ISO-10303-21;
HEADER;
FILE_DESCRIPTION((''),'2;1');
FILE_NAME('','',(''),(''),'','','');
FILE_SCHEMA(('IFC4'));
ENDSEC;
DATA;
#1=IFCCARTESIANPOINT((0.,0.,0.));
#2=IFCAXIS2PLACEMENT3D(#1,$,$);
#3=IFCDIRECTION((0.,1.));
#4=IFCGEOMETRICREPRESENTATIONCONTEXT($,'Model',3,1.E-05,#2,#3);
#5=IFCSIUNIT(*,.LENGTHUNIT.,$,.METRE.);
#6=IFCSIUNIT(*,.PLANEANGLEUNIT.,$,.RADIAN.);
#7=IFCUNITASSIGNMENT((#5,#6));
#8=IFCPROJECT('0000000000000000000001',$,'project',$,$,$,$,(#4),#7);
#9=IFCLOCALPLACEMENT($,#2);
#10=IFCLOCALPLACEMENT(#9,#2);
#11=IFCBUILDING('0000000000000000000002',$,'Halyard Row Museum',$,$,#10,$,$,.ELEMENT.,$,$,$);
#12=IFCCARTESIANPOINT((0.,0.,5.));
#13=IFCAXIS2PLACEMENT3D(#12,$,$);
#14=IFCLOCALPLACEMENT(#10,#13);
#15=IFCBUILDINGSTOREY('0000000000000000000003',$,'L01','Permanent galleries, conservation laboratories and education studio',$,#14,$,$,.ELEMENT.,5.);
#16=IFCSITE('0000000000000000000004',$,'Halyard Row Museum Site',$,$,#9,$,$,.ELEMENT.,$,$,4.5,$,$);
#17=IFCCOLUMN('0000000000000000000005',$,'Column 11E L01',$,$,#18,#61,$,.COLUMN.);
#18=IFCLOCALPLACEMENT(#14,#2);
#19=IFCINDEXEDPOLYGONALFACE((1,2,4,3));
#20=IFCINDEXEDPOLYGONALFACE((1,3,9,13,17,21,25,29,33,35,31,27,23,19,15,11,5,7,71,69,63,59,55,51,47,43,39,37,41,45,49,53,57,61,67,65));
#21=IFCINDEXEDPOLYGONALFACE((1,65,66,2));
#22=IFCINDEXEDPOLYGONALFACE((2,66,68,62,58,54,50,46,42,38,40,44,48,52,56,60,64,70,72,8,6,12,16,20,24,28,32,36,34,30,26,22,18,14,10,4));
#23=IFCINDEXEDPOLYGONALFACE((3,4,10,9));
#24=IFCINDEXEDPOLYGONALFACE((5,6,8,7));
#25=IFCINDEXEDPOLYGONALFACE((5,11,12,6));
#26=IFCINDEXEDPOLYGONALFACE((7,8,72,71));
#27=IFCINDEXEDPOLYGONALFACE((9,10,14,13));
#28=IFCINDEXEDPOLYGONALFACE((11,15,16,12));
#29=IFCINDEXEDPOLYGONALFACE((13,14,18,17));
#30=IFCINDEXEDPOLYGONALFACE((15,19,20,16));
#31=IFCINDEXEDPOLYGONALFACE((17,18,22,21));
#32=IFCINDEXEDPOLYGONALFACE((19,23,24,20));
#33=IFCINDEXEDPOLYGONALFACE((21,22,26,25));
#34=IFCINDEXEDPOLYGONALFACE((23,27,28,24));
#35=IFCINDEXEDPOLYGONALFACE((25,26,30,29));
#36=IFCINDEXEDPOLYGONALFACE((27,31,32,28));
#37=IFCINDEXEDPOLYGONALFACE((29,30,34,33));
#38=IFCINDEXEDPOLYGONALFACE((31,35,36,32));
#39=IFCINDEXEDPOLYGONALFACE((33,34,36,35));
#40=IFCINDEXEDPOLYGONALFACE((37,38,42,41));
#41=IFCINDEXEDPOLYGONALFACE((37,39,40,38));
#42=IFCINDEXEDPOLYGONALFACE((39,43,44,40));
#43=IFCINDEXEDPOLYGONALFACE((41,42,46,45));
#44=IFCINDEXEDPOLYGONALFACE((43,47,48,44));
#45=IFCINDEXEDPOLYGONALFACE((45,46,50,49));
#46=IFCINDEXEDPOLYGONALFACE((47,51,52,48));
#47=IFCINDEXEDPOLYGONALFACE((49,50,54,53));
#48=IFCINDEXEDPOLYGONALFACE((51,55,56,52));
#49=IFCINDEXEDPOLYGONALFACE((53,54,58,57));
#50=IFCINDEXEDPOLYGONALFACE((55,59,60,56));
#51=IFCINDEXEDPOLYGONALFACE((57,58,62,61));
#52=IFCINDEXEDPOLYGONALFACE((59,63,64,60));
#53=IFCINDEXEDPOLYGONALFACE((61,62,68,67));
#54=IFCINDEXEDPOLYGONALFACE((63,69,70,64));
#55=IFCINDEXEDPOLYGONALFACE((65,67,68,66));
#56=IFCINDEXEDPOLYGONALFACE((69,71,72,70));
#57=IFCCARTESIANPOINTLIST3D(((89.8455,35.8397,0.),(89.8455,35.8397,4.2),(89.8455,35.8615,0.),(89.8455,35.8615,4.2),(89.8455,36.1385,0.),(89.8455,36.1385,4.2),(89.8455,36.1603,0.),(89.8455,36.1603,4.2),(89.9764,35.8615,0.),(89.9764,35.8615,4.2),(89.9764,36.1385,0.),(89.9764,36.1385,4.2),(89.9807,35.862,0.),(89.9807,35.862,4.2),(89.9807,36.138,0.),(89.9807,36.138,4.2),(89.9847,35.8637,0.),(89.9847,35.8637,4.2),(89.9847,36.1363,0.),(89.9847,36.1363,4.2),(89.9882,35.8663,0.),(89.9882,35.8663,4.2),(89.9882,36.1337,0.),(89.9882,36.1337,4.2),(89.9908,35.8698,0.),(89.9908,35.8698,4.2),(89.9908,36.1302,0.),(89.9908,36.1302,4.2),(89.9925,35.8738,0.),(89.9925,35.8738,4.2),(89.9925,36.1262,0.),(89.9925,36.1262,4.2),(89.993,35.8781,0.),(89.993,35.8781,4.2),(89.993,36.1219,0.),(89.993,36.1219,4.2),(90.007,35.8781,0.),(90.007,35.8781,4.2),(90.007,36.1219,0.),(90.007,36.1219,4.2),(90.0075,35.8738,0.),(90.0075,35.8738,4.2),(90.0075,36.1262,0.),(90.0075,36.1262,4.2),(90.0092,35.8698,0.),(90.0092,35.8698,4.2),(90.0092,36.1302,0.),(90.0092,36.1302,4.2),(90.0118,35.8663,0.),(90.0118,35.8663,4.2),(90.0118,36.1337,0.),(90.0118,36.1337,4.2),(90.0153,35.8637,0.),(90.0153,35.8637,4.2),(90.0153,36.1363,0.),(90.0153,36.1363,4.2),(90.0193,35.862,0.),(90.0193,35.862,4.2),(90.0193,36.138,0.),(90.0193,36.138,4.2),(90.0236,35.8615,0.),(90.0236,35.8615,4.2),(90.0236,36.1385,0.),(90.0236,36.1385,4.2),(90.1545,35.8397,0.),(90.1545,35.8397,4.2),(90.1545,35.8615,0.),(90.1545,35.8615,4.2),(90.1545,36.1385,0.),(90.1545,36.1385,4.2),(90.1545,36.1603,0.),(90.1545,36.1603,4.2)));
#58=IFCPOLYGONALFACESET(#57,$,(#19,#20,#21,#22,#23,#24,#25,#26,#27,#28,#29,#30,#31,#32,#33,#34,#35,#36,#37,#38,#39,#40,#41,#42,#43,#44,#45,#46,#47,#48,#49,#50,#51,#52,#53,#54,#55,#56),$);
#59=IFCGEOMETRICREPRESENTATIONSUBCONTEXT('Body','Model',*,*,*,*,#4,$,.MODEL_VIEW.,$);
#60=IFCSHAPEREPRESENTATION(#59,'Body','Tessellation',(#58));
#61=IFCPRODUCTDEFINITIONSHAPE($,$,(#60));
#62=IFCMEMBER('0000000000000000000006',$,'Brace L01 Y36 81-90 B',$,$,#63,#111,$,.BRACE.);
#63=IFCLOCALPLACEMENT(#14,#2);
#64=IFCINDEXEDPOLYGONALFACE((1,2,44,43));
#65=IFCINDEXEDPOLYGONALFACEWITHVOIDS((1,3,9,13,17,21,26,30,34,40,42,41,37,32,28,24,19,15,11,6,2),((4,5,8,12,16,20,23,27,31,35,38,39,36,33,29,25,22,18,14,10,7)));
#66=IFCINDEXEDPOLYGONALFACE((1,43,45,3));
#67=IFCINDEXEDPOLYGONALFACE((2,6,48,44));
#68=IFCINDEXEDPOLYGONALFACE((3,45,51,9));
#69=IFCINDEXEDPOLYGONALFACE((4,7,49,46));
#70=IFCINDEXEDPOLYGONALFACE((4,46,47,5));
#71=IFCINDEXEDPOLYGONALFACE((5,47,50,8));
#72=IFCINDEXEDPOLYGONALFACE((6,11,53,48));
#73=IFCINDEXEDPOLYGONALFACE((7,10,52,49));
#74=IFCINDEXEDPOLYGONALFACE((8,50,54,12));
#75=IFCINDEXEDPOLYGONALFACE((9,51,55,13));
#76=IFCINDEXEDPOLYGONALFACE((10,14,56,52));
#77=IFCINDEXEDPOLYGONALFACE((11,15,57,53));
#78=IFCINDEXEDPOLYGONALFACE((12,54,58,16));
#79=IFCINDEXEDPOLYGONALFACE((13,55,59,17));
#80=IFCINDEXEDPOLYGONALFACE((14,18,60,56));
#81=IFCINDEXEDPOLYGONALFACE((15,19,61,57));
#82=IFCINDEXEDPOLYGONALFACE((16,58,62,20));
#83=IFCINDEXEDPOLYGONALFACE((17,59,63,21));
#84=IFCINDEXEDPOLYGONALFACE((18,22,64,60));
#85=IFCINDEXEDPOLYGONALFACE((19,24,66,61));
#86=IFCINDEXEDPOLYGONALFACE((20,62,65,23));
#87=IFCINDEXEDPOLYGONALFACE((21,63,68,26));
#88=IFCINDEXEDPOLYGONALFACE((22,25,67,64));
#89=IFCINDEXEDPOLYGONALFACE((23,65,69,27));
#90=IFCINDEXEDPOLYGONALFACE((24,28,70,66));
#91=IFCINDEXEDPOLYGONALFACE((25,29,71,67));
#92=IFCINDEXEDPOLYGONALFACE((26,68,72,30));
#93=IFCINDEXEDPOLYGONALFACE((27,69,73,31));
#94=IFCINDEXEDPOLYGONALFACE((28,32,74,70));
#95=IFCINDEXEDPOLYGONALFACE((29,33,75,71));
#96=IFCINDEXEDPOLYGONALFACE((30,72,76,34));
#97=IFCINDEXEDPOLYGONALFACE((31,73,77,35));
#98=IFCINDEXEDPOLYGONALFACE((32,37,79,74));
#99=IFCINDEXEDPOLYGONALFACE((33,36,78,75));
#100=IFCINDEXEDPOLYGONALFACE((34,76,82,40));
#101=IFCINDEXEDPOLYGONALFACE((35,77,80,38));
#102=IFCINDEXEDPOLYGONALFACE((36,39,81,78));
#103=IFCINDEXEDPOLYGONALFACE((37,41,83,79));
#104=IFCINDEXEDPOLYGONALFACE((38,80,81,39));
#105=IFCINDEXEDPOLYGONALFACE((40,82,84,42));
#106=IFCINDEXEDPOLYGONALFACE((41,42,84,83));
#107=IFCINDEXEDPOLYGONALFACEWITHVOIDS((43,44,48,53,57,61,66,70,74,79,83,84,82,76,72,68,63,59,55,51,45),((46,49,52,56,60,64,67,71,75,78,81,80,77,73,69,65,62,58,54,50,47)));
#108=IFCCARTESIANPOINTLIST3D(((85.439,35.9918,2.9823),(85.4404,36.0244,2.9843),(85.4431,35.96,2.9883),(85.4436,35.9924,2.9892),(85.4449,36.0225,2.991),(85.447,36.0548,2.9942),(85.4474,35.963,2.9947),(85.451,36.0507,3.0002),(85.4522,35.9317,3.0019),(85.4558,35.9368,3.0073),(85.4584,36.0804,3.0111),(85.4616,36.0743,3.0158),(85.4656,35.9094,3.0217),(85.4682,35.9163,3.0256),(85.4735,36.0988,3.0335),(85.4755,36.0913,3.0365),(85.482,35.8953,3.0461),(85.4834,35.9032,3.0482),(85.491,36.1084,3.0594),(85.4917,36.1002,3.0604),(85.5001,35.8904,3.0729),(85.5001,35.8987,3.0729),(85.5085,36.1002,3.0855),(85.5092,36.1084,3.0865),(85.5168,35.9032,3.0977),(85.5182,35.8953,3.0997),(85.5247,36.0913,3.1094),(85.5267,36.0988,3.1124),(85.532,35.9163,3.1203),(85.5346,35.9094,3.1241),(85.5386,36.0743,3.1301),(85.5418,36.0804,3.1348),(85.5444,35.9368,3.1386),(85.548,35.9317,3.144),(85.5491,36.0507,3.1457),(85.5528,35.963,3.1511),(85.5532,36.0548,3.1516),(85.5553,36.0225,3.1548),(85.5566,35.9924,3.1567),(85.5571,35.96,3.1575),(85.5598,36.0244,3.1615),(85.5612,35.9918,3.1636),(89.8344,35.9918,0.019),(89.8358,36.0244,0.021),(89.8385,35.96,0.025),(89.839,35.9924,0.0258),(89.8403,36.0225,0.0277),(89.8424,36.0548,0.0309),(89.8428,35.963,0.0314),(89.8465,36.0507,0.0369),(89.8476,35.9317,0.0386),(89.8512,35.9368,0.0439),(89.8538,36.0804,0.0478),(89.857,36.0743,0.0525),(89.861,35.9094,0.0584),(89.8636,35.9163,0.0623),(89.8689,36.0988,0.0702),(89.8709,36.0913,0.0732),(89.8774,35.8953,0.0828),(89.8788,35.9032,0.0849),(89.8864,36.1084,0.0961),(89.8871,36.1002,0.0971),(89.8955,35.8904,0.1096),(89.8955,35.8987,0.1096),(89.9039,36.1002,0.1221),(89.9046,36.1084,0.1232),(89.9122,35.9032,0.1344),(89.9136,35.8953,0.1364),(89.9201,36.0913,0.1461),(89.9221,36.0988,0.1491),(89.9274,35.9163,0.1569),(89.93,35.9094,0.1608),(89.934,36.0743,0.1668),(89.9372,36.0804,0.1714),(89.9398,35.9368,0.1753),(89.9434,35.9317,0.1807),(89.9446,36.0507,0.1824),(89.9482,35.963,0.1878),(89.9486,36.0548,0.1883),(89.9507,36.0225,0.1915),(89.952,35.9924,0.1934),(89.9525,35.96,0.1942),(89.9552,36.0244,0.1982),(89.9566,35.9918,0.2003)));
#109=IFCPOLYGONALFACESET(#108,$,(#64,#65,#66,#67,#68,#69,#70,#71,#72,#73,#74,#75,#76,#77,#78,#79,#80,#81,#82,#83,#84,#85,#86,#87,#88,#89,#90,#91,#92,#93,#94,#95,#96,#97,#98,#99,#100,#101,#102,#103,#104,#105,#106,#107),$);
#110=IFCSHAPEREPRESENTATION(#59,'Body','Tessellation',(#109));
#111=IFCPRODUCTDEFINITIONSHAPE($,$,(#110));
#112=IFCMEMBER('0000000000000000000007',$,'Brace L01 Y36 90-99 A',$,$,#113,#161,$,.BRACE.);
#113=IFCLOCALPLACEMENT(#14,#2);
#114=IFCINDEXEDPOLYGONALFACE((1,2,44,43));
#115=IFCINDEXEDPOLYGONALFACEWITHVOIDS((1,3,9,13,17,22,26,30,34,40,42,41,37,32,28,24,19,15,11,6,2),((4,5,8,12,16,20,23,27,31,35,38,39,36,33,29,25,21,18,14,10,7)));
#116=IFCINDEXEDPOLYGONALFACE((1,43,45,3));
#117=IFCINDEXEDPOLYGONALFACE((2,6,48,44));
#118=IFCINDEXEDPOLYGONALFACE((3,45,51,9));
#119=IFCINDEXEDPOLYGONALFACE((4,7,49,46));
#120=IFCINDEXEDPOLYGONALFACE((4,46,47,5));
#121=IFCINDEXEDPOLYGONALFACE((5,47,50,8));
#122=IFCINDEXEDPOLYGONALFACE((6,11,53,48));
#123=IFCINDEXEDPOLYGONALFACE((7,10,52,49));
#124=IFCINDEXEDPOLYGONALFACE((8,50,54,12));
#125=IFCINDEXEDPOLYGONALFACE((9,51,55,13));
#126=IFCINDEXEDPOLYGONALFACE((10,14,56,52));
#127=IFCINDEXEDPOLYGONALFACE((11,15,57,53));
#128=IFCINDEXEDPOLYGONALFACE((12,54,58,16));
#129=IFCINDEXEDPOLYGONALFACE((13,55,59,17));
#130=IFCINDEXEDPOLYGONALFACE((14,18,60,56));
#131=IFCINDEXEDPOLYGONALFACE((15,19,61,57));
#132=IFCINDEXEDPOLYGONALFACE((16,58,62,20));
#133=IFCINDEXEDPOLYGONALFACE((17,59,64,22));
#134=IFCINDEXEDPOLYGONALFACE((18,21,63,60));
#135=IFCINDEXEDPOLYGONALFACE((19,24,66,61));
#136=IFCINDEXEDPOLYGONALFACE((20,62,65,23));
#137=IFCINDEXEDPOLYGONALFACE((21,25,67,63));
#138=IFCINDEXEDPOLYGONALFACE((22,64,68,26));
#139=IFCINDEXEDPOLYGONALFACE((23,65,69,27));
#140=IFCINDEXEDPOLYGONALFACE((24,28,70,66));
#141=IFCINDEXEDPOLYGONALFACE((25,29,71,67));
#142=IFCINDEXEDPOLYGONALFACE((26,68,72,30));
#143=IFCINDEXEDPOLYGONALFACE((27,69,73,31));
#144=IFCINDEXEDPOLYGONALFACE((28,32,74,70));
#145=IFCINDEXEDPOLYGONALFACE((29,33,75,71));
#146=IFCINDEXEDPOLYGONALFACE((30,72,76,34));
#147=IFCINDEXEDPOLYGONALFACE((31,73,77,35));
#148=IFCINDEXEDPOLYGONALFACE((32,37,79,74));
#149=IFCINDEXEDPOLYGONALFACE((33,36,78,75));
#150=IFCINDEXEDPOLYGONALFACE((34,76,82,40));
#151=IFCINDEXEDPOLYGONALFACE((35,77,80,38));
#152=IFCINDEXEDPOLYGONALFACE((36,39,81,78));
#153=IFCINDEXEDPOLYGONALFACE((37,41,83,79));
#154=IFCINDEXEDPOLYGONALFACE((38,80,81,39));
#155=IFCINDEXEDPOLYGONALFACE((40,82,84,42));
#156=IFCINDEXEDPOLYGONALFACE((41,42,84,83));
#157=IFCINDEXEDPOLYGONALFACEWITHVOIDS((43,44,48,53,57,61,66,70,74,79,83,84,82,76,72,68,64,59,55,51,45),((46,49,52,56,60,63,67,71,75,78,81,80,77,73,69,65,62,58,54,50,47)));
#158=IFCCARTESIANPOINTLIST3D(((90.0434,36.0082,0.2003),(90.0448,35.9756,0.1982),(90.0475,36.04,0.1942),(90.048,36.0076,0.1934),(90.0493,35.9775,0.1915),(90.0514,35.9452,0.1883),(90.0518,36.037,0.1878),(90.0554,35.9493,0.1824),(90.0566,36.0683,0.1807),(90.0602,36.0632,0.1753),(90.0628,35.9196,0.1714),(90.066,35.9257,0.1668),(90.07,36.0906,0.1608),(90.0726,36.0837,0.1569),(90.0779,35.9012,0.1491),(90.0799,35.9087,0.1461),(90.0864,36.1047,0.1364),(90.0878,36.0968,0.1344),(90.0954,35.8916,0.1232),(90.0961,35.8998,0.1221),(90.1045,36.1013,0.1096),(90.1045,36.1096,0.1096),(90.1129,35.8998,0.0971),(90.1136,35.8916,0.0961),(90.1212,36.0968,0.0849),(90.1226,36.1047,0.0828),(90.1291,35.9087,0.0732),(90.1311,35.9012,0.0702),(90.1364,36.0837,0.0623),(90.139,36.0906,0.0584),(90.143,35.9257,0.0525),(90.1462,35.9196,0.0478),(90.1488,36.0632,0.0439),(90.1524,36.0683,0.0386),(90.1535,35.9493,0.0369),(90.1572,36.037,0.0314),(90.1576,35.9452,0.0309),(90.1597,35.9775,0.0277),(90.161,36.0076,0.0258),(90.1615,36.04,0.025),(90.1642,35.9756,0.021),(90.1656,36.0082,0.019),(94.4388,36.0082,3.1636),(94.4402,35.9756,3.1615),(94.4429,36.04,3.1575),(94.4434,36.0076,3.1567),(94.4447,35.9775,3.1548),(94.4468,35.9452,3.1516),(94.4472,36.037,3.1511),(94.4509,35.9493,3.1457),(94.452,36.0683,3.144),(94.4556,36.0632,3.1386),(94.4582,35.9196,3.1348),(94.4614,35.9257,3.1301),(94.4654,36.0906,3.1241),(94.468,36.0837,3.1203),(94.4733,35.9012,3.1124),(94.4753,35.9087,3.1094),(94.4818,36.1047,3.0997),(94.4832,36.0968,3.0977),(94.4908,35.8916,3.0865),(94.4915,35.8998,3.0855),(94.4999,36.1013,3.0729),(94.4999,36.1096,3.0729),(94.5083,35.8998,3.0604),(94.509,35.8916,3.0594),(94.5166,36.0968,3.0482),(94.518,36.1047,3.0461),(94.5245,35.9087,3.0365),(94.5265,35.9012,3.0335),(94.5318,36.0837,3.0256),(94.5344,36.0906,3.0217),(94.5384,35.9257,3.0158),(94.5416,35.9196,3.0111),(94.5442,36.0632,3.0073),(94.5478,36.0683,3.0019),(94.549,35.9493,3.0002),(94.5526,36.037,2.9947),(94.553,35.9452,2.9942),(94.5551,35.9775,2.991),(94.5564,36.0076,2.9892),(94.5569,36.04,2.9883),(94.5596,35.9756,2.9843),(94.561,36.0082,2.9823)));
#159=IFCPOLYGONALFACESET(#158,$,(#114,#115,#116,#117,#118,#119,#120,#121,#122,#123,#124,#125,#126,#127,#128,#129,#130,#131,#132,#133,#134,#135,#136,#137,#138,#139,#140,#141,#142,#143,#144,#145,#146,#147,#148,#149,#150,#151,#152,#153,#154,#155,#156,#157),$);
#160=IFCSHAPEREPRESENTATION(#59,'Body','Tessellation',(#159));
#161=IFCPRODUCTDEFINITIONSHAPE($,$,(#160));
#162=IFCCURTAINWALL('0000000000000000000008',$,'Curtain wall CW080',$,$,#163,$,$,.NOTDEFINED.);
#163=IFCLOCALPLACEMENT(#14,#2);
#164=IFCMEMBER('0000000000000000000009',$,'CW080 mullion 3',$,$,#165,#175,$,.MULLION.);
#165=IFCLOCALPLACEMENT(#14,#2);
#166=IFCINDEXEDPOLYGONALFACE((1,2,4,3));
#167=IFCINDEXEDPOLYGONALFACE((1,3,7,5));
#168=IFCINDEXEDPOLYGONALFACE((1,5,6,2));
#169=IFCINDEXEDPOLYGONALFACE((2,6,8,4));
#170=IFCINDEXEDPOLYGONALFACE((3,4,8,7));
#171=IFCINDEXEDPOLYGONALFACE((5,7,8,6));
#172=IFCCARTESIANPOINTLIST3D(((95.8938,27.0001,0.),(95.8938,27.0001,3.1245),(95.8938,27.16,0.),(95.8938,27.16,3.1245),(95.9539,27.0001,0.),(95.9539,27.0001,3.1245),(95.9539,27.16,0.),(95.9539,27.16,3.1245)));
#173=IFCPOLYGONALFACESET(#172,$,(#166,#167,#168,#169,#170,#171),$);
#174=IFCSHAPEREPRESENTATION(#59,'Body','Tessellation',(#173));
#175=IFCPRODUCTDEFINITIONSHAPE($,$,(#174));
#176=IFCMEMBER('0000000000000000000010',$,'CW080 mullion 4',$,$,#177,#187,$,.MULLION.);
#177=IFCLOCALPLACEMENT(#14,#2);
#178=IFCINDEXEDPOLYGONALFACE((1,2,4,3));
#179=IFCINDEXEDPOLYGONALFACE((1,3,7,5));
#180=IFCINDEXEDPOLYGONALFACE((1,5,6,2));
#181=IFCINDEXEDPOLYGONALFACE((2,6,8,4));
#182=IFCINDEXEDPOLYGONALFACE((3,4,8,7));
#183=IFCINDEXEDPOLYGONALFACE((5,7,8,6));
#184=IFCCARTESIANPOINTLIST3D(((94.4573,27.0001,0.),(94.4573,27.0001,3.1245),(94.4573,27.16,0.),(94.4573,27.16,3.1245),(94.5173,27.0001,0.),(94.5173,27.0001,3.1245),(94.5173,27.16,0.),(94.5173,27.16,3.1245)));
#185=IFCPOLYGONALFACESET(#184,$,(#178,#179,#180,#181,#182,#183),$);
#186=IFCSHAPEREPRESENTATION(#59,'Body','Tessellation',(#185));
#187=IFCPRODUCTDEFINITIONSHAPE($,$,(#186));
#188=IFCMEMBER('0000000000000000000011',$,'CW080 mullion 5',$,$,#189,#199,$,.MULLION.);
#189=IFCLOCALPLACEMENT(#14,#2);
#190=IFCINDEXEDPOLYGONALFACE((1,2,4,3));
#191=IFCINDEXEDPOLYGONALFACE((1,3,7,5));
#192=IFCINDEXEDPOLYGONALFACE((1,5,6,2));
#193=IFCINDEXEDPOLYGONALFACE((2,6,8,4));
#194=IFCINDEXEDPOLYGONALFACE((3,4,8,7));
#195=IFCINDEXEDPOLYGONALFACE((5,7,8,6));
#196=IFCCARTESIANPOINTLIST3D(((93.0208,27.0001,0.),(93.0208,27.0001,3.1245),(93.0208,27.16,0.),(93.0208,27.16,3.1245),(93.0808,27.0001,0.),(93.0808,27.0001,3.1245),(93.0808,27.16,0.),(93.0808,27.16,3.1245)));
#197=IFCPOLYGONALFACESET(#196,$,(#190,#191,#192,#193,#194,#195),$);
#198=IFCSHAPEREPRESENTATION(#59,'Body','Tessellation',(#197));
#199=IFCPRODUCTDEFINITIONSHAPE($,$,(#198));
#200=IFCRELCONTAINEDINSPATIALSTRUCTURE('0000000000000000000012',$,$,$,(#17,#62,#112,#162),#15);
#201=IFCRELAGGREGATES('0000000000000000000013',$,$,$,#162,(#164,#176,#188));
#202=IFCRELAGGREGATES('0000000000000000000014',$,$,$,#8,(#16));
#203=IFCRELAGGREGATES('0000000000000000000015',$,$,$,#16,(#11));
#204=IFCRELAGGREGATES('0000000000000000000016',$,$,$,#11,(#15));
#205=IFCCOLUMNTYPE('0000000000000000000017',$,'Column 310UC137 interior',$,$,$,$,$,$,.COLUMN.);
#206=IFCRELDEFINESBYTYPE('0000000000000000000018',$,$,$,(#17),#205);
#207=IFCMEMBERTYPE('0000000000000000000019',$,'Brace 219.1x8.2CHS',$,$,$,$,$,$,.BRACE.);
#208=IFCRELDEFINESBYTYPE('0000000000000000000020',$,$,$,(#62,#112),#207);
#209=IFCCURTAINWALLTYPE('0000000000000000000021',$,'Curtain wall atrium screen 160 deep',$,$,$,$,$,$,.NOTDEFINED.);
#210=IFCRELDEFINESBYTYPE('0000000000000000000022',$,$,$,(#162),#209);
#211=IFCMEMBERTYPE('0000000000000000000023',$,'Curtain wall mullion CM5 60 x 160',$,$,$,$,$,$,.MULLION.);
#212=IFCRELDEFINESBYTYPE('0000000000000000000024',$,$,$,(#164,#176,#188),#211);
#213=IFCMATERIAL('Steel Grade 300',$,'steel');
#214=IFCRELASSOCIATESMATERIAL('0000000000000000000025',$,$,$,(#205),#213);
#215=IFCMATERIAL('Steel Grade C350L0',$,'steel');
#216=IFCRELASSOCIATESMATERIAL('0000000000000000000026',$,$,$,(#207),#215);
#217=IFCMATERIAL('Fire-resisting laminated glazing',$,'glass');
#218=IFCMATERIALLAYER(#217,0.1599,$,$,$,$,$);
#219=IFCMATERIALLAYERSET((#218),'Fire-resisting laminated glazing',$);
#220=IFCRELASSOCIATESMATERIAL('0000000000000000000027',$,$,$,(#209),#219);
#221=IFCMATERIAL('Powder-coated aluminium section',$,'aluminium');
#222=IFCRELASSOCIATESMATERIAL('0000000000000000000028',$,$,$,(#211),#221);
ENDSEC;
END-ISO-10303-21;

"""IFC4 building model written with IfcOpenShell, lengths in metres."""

from ifc_helpers import new_model, si_unit, direction, frame, origin, origin_2d, place, context, subcontext, project, spatial, rectangle, hollow_circle, i_section, extrude, material, layer, layer_set, material_profile, profile_set, type_object, element, aggregate, save


model = new_model("IFC4")

# Units and contexts
model_context = context("Model", 3, precision=1e-05, world=origin(), true_north=direction((0.0, 1.0)))
body_context = subcontext(model_context, "Body", "Model", "MODEL_VIEW")
ifc_project = project(units=[si_unit("LENGTHUNIT", "METRE"), si_unit("PLANEANGLEUNIT", "RADIAN")], contexts=[model_context])

# Site, building, storey
site_placement = place(None, origin())
site = spatial("IfcSite", under=ifc_project, at=site_placement, Name="Halyard Row Museum Site", CompositionType="ELEMENT", RefElevation=4.5)
building_placement = place(site_placement, origin())
building = spatial("IfcBuilding", under=site, at=building_placement, Name="Halyard Row Museum", CompositionType="ELEMENT")
storey_placement = place(building_placement, frame((0.0, 0.0, 5.0)))
storey = spatial("IfcBuildingStorey", under=building, at=storey_placement, Name="L01", Description="Permanent galleries, conservation laboratories and education studio", CompositionType="ELEMENT", Elevation=5.0)

# Column
ifc_material_1 = material(Name="Steel Grade 300", Category="steel")
ifc_material_profile_1 = material_profile(ifc_material_1, i_section(OverallWidth=0.3091, OverallDepth=0.3206, WebThickness=0.0139, FlangeThickness=0.0217, FilletRadius=0.0166, at=origin_2d()), Name="310UC137")
ifc_profile_set_1 = profile_set([ifc_material_profile_1], Name="Steel Grade 300")
column_type = type_object("IfcColumnType", Name="Column 310UC137 interior", PredefinedType="COLUMN", material=ifc_profile_set_1)
column_placement = place(storey_placement, frame((90.0, 36.0, 0.0), z_axis=(0.0, 0.0, 1.0), x_axis=(1.0, 0.0, 0.0)))
element("IfcColumn", 1, at=column_placement, inside=storey, type_object=column_type, Name="Column 11E L01", PredefinedType="COLUMN", context=body_context, shape_type="SweptSolid", body=[
    extrude(i_section(OverallWidth=0.3091, OverallDepth=0.3206, WebThickness=0.0139, FlangeThickness=0.0217, FilletRadius=0.0166, at=origin_2d()), origin(), (0.0, 0.0, 1.0), 4.2),
])

# Members
ifc_material_2 = material(Name="Steel Grade C350L0", Category="steel")
ifc_material_profile_2 = material_profile(ifc_material_2, hollow_circle(Radius=0.1096, WallThickness=0.0083, at=origin_2d()), Name="219.1x8.2CHS")
ifc_profile_set_2 = profile_set([ifc_material_profile_2], Name="Steel Grade C350L0")
member_type_1 = type_object("IfcMemberType", Name="Brace 219.1x8.2CHS", PredefinedType="BRACE", material=ifc_profile_set_2)
for number, where, z_axis, x_axis, name in (
    (2, (89.8955, 36.0, 0.1096), (-0.829162, 0.0, 0.559008), (0.0, -1.0, 0.0), "Brace L01 Y36 81-90 B"),
    (3, (90.1045, 36.0, 0.1096), (0.829162, 0.0, 0.559008), (0.0, 1.0, 0.0), "Brace L01 Y36 90-99 A"),
):
    element("IfcMember", number, at=place(storey_placement, frame(where, z_axis=z_axis, x_axis=x_axis)), inside=storey, type_object=member_type_1, Name=name, PredefinedType="BRACE", context=body_context, shape_type="SweptSolid", body=[
        extrude(hollow_circle(Radius=0.1096, WallThickness=0.0083, at=origin_2d()), origin(), (0.0, 0.0, 1.0), 5.301),
    ])

# Curtain wall, members
ifc_material_3 = material(Name="Fire-resisting laminated glazing", Category="glass")
ifc_layer_1 = layer(ifc_material_3, 0.1599)
ifc_layer_set_1 = layer_set([ifc_layer_1], Name="Fire-resisting laminated glazing")
curtain_wall_type = type_object("IfcCurtainWallType", Name="Curtain wall atrium screen 160 deep", PredefinedType="NOTDEFINED", material=ifc_layer_set_1)
curtain_wall_placement = place(storey_placement, origin())
curtain_wall = element("IfcCurtainWall", 4, at=curtain_wall_placement, inside=storey, type_object=curtain_wall_type, Name="Curtain wall CW080", PredefinedType="NOTDEFINED")
ifc_material_4 = material(Name="Powder-coated aluminium section", Category="aluminium")
ifc_material_profile_3 = material_profile(ifc_material_4, rectangle(XDim=0.1599, YDim=0.0601, at=origin_2d()), Name="160x60 mullion")
ifc_profile_set_3 = profile_set([ifc_material_profile_3], Name="Powder-coated aluminium section")
member_type_2 = type_object("IfcMemberType", Name="Curtain wall mullion CM5 60 x 160", PredefinedType="MULLION", material=ifc_profile_set_3)
member_1_placement = place(storey_placement, frame((95.9238, 27.0801, 0.0), z_axis=(0.0, 0.0, 1.0), x_axis=(0.0, -1.0, 0.0)))
member_1 = element("IfcMember", 5, at=member_1_placement, type_object=member_type_2, Name="CW080 mullion 3", PredefinedType="MULLION", context=body_context, shape_type="SweptSolid", body=[
    extrude(rectangle(XDim=0.1599, YDim=0.0601, at=origin_2d()), origin(), (0.0, 0.0, 1.0), 3.1245),
])
member_2_placement = place(storey_placement, frame((94.4873, 27.0801, 0.0), z_axis=(0.0, 0.0, 1.0), x_axis=(0.0, -1.0, 0.0)))
member_2 = element("IfcMember", 6, at=member_2_placement, type_object=member_type_2, Name="CW080 mullion 4", PredefinedType="MULLION", context=body_context, shape_type="SweptSolid", body=[
    extrude(rectangle(XDim=0.1599, YDim=0.0601, at=origin_2d()), origin(), (0.0, 0.0, 1.0), 3.1245),
])
member_3_placement = place(storey_placement, frame((93.0508, 27.0801, 0.0), z_axis=(0.0, 0.0, 1.0), x_axis=(0.0, -1.0, 0.0)))
member_3 = element("IfcMember", 7, at=member_3_placement, type_object=member_type_2, Name="CW080 mullion 5", PredefinedType="MULLION", context=body_context, shape_type="SweptSolid", body=[
    extrude(rectangle(XDim=0.1599, YDim=0.0601, at=origin_2d()), origin(), (0.0, 0.0, 1.0), 3.1245),
])

aggregate(curtain_wall, [member_1, member_2, member_3])

save(model, "model.ifc")
